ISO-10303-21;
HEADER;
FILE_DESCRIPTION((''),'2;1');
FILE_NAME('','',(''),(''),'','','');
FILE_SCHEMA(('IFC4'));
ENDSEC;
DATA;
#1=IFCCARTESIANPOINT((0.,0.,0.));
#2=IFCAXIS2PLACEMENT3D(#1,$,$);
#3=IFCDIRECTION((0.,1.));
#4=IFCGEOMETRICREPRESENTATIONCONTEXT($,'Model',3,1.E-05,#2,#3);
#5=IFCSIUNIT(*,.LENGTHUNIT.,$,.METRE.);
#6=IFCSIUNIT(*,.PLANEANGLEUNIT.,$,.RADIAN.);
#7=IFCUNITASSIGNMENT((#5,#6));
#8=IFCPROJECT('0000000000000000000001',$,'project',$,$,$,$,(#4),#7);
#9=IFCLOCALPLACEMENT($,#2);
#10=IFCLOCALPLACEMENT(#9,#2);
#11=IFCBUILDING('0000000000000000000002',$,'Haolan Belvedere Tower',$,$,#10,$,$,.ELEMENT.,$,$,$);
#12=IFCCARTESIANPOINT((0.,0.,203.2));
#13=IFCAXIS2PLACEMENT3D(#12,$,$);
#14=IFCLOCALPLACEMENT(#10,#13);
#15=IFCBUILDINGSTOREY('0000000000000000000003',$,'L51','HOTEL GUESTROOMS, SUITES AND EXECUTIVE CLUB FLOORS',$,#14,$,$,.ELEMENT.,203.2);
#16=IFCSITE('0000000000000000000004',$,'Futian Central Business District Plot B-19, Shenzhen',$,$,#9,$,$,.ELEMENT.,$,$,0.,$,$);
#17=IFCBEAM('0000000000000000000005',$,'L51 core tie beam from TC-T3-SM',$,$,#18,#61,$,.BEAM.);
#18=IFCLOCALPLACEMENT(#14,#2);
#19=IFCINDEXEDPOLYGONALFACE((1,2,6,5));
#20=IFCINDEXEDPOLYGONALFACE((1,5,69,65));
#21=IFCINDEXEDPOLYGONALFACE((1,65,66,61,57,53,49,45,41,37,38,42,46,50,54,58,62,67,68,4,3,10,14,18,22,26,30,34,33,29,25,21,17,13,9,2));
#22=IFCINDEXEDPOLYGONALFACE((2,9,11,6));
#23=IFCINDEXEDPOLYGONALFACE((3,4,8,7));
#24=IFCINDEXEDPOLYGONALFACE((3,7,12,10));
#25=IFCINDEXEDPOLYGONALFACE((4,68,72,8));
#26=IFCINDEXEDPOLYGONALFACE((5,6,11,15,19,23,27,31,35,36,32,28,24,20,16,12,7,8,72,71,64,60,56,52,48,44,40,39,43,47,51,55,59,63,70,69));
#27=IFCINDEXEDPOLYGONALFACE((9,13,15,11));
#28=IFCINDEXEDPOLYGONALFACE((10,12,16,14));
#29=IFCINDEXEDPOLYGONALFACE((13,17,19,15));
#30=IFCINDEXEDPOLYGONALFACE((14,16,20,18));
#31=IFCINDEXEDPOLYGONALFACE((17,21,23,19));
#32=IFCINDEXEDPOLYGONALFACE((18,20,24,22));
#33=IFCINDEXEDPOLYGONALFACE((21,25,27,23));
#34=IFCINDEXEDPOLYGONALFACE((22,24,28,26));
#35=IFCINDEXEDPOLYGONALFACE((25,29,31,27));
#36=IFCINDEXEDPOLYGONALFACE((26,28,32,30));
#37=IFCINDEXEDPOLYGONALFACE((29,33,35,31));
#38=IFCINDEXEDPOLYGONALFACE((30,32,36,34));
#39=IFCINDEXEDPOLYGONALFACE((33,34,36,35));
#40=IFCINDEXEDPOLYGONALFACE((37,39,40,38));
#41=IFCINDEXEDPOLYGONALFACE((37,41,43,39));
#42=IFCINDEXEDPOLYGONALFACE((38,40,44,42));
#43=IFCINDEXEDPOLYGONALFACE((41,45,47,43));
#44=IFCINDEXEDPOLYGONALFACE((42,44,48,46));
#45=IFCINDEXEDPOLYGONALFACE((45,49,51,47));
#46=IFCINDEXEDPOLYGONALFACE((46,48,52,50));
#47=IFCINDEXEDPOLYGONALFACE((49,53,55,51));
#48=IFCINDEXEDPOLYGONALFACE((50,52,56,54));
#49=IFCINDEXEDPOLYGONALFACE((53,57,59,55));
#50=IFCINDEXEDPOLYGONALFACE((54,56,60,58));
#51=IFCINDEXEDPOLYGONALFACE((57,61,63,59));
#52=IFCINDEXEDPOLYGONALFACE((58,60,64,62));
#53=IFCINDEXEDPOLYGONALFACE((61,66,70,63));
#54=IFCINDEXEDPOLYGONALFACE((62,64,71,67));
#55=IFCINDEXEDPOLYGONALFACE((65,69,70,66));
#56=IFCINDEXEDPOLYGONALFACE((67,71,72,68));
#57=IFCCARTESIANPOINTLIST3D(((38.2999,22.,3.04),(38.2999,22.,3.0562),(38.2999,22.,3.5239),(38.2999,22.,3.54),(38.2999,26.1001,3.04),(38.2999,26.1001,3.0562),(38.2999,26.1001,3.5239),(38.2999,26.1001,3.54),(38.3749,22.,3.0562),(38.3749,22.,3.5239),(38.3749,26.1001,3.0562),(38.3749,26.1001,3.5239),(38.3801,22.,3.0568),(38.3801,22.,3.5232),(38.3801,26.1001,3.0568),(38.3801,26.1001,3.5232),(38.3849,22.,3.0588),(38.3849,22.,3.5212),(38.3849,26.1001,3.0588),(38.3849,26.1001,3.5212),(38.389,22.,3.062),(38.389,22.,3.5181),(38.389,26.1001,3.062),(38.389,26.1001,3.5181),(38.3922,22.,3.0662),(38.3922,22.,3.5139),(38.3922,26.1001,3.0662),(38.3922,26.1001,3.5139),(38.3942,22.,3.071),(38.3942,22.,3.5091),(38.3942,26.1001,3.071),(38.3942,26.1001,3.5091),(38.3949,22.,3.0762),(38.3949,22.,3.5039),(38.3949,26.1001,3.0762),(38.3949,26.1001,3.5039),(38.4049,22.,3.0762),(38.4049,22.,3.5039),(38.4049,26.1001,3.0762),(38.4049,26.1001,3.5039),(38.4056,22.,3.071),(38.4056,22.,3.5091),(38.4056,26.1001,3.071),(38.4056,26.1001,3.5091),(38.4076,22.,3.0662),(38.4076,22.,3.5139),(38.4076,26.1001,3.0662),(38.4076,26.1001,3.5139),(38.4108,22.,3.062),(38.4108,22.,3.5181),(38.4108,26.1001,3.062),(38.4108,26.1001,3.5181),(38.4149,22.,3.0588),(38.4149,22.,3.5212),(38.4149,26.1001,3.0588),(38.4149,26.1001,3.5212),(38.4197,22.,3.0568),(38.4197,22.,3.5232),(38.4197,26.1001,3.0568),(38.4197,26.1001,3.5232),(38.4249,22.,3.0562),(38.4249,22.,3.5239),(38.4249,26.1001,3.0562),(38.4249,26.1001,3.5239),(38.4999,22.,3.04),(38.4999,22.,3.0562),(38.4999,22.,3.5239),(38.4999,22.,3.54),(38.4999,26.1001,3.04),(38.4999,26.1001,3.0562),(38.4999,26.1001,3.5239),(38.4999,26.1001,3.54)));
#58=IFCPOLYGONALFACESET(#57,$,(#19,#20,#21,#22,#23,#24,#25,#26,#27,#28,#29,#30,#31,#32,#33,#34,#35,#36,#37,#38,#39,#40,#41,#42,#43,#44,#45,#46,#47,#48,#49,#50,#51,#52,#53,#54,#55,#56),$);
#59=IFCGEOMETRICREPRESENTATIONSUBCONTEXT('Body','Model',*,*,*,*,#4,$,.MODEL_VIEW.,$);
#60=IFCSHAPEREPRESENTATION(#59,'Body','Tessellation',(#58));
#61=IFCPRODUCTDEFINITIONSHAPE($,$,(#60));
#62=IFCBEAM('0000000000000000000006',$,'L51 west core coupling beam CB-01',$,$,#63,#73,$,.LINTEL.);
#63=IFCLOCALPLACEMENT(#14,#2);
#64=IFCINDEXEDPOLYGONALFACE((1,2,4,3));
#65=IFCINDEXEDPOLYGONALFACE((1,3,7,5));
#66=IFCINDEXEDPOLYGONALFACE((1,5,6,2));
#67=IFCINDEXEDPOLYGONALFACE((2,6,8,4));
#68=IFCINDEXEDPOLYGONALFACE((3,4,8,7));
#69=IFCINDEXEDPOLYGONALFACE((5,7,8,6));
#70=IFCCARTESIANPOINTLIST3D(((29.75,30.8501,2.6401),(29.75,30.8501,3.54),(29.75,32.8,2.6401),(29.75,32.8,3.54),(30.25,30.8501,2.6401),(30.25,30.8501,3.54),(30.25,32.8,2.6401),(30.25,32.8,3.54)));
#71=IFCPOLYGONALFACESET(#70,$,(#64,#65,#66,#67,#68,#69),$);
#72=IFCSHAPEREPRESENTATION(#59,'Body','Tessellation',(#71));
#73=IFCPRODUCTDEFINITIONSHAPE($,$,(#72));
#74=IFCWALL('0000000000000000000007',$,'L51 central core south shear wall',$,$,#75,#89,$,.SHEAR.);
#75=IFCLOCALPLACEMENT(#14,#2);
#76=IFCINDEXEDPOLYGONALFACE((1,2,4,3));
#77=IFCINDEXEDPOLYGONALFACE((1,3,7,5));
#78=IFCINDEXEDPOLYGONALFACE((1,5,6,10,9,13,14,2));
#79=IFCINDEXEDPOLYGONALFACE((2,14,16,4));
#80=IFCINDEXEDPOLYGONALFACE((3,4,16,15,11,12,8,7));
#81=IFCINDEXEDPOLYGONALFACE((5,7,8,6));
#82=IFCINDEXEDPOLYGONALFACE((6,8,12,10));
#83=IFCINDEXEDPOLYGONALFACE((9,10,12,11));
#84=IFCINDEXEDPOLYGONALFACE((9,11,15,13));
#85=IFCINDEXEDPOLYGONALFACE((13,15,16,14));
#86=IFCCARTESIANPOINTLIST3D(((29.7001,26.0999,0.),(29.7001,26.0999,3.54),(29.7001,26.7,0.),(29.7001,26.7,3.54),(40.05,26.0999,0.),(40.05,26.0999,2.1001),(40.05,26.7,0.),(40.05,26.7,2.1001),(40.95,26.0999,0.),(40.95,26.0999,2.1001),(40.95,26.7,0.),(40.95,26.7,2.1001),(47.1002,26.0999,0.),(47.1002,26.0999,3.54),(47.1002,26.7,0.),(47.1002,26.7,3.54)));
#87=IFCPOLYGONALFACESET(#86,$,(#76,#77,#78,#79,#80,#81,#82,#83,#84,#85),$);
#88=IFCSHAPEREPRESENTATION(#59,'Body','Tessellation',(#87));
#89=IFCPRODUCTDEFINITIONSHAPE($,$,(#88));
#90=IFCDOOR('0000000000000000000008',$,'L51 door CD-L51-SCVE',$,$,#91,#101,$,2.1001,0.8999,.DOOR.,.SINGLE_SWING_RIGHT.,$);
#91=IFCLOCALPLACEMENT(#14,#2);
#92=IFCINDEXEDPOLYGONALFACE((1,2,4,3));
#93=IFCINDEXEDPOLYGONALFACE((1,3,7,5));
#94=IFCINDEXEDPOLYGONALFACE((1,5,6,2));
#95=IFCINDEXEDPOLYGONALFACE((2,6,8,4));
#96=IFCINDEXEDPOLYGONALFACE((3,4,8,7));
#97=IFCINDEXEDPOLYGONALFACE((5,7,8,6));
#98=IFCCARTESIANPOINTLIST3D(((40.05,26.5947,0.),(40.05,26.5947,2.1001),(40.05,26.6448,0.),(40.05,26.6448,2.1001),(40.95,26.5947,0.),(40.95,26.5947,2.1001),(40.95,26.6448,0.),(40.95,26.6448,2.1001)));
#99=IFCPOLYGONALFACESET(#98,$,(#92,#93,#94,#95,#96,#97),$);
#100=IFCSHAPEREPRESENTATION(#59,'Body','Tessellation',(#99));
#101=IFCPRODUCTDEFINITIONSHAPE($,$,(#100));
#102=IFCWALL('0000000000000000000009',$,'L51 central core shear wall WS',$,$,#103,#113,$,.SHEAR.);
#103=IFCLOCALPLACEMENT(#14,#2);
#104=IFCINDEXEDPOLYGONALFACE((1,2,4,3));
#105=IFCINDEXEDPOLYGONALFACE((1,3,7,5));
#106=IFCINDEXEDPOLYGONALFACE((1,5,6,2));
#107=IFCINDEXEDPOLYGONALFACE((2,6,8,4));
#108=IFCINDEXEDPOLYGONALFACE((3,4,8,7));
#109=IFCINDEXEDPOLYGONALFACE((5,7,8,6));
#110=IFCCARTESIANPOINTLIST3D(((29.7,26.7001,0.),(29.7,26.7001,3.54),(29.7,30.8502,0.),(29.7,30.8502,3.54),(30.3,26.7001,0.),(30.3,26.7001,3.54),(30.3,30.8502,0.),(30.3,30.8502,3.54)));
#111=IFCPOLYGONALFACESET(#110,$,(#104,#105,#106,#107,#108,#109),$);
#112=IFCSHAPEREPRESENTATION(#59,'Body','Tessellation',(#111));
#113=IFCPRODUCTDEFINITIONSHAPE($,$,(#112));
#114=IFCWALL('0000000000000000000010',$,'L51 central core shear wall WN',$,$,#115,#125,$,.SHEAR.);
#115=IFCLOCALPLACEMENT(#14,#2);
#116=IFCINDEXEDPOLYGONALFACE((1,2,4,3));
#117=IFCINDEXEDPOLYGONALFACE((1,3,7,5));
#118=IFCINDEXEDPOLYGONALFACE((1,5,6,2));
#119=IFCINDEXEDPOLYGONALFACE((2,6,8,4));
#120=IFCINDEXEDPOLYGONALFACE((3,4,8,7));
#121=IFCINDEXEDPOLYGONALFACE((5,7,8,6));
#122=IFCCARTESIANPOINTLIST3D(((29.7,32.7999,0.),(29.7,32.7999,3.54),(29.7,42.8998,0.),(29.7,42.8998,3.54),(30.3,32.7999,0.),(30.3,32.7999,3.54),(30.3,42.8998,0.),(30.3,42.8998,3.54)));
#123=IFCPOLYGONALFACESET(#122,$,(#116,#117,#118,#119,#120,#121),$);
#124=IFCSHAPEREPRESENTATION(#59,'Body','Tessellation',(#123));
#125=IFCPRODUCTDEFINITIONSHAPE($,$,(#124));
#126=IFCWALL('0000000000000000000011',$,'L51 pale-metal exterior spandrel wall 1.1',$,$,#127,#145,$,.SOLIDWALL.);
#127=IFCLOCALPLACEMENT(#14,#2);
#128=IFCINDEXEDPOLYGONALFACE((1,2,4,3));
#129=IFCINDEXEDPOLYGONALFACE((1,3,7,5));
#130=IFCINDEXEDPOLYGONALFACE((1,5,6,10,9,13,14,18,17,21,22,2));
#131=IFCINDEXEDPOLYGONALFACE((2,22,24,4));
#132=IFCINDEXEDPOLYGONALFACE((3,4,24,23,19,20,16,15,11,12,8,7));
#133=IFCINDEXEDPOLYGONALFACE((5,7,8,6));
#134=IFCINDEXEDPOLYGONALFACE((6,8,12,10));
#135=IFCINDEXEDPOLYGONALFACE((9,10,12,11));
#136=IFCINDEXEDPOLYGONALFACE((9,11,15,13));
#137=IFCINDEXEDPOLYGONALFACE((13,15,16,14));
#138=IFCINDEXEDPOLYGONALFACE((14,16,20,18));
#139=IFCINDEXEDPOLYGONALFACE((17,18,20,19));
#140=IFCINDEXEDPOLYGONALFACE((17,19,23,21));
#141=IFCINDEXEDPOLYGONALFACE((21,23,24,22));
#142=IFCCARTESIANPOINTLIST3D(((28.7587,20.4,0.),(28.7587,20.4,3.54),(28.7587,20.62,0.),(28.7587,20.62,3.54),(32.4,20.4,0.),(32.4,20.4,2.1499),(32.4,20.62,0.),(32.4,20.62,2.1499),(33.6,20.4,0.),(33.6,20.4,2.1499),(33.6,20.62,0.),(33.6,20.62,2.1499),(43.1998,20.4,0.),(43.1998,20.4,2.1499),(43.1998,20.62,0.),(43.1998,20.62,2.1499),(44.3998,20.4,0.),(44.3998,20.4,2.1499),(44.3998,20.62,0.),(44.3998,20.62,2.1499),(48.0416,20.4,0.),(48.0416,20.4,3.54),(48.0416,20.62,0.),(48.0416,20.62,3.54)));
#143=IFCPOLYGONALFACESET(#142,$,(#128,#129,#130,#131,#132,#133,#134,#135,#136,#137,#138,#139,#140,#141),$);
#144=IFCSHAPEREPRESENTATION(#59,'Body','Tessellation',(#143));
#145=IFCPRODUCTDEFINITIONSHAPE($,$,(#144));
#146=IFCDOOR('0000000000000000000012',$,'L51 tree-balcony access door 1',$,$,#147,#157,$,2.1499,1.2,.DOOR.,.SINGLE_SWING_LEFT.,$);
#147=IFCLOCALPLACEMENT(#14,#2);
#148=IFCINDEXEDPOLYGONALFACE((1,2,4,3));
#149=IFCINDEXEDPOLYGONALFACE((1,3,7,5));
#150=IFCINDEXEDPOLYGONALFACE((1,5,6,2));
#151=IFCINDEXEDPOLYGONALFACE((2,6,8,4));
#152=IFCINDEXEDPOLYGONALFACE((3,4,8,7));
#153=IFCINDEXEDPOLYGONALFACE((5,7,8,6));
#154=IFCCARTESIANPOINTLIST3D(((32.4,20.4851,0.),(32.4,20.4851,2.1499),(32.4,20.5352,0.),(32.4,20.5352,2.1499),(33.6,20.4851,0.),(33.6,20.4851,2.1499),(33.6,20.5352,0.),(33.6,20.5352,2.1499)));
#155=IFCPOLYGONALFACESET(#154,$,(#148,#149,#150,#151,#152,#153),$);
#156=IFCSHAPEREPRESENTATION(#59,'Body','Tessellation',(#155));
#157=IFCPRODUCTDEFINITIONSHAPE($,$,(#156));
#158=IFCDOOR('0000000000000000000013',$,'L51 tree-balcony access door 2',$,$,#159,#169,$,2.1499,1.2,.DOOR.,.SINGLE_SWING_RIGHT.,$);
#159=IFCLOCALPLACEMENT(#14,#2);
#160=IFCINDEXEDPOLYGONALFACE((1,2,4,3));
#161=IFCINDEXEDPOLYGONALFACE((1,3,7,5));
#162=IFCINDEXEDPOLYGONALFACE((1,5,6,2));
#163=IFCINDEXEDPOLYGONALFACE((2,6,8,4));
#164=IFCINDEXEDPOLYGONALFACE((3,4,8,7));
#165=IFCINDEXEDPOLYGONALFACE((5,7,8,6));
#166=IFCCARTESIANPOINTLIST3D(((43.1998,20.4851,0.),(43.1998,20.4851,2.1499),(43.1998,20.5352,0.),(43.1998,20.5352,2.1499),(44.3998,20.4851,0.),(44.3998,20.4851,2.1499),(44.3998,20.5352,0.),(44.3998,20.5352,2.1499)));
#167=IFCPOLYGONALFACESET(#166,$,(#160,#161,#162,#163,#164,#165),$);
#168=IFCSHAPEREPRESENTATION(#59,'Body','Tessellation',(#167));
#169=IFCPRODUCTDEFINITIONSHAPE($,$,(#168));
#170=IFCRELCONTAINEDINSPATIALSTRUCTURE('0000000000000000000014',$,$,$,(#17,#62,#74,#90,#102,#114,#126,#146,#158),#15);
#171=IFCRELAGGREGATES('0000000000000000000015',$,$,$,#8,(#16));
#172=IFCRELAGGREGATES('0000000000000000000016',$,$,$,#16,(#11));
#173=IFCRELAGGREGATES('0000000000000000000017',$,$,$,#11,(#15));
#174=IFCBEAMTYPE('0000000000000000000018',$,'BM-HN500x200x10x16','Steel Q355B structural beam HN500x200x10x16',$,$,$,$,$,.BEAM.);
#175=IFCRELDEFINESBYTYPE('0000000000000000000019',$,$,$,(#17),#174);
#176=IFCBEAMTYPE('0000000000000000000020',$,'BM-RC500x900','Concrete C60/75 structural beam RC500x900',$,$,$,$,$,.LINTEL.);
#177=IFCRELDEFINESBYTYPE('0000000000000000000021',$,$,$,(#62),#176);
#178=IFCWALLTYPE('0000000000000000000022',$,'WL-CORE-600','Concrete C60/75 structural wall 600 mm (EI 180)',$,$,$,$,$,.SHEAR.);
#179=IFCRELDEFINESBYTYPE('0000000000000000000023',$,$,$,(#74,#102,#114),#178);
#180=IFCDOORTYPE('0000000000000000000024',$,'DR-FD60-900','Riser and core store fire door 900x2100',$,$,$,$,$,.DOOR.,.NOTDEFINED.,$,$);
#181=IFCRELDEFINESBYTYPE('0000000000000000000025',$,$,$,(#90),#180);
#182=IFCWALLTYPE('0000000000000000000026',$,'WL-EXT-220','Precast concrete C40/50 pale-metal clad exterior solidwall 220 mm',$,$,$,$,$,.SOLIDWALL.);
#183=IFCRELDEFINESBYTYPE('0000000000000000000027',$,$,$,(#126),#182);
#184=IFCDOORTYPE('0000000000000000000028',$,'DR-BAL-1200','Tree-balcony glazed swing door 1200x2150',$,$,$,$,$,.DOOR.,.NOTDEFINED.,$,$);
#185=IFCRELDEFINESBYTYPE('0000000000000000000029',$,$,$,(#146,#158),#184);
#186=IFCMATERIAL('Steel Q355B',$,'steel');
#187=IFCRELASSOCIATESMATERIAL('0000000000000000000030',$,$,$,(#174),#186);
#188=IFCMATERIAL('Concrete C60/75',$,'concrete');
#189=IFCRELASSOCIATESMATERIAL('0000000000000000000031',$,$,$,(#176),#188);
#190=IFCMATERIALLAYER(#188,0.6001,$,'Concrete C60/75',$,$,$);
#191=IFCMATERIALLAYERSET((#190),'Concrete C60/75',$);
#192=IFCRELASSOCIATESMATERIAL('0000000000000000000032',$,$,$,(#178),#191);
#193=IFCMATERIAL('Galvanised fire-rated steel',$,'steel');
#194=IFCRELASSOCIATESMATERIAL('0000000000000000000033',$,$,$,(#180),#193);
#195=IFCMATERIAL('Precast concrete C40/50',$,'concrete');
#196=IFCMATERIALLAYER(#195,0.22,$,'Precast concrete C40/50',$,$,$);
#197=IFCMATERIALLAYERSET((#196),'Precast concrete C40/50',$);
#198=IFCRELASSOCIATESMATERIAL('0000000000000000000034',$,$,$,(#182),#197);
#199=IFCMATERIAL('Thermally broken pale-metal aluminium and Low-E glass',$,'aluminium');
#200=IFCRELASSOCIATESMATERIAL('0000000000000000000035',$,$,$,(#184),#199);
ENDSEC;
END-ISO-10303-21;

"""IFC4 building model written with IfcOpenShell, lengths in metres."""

from ifc_helpers import new_model, si_unit, direction, frame, frame_2d, origin, origin_2d, place, context, subcontext, project, spatial, rectangle, i_section, extrude, material, layer, layer_set, material_profile, profile_set, type_object, element, fill, save


model = new_model("IFC4")

# Units and contexts
model_context = context("Model", 3, precision=1e-05, world=origin(), true_north=direction((0.0, 1.0)))
body_context = subcontext(model_context, "Body", "Model", "MODEL_VIEW")
ifc_project = project(units=[si_unit("LENGTHUNIT", "METRE"), si_unit("PLANEANGLEUNIT", "RADIAN")], contexts=[model_context])

# Site, building, storey
site_placement = place(None, origin())
site = spatial("IfcSite", under=ifc_project, at=site_placement, Name="Futian Central Business District Plot B-19, Shenzhen", CompositionType="ELEMENT", RefElevation=0.0)
building_placement = place(site_placement, origin())
building = spatial("IfcBuilding", under=site, at=building_placement, Name="Haolan Belvedere Tower", CompositionType="ELEMENT")
storey_placement = place(building_placement, frame((0.0, 0.0, 203.2)))
storey = spatial("IfcBuildingStorey", under=building, at=storey_placement, Name="L51", Description="HOTEL GUESTROOMS, SUITES AND EXECUTIVE CLUB FLOORS", CompositionType="ELEMENT", Elevation=203.2)

# Beams
ifc_material_1 = material(Name="Steel Q355B", Category="steel")
ifc_material_profile_1 = material_profile(ifc_material_1, i_section(OverallWidth=0.2, OverallDepth=0.5, WebThickness=0.01, FlangeThickness=0.0161, FilletRadius=0.02, at=origin_2d()), Name="Steel Q355B")
ifc_profile_set_1 = profile_set([ifc_material_profile_1], Name="Steel Q355B")
beam_type_1 = type_object("IfcBeamType", Name="BM-HN500x200x10x16", Description="Steel Q355B structural beam HN500x200x10x16", PredefinedType="BEAM", material=ifc_profile_set_1)
beam_1_placement = place(storey_placement, frame((38.3999, 22.0, 3.29), z_axis=(0.0, 1.0, 0.0), x_axis=(-1.0, 0.0, 0.0)))
element("IfcBeam", 1, at=beam_1_placement, inside=storey, type_object=beam_type_1, Name="L51 core tie beam from TC-T3-SM", PredefinedType="BEAM", context=body_context, shape_type="SweptSolid", body=[
    extrude(i_section(OverallWidth=0.2, OverallDepth=0.5, WebThickness=0.01, FlangeThickness=0.0161, FilletRadius=0.02, at=origin_2d()), origin(), (0.0, 0.0, 1.0), 4.1001),
])
ifc_material_2 = material(Name="Concrete C60/75", Category="concrete")
ifc_material_profile_2 = material_profile(ifc_material_2, rectangle(XDim=0.5, YDim=0.8999, at=origin_2d()), Name="Concrete C60/75")
ifc_profile_set_2 = profile_set([ifc_material_profile_2], Name="Concrete C60/75")
beam_type_2 = type_object("IfcBeamType", Name="BM-RC500x900", Description="Concrete C60/75 structural beam RC500x900", PredefinedType="LINTEL", material=ifc_profile_set_2)
beam_2_placement = place(storey_placement, frame((30.0, 30.8501, 3.0901), z_axis=(0.0, 1.0, 0.0), x_axis=(-1.0, 0.0, 0.0)))
element("IfcBeam", 2, at=beam_2_placement, inside=storey, type_object=beam_type_2, Name="L51 west core coupling beam CB-01", PredefinedType="LINTEL", context=body_context, shape_type="SweptSolid", body=[
    extrude(rectangle(XDim=0.5, YDim=0.8999, at=origin_2d()), origin(), (0.0, 0.0, 1.0), 1.95),
])

# Wall, opening, door
ifc_layer_1 = layer(ifc_material_2, 0.6001, Name="Concrete C60/75")
ifc_layer_set_1 = layer_set([ifc_layer_1], Name="Concrete C60/75")
wall_type_1 = type_object("IfcWallType", Name="WL-CORE-600", Description="Concrete C60/75 structural wall 600 mm (EI 180)", PredefinedType="SHEAR", material=ifc_layer_set_1)
wall_1_placement = place(storey_placement, frame((29.7, 26.3999, 0.0), z_axis=(0.0, 0.0, 1.0), x_axis=(1.0, 0.0, 0.0)))
wall_1 = element("IfcWall", 3, at=wall_1_placement, inside=storey, type_object=wall_type_1, Name="L51 central core south shear wall", PredefinedType="SHEAR", context=body_context, shape_type="SweptSolid", body=[
    extrude(rectangle(XDim=17.4001, YDim=0.6001, at=frame_2d((8.7002, 0.0))), origin(), (0.0, 0.0, 1.0), 3.54),
])
opening_1_placement = place(wall_1_placement, frame((11.25, 0.0, 0.0), z_axis=(0.0, 0.0, 1.0), x_axis=(-1.0, 0.0, 0.0)))
opening_1 = element("IfcOpeningElement", 4, at=opening_1_placement, cuts=wall_1, PredefinedType="OPENING", context=body_context, shape_type="SweptSolid", body=[
    extrude(rectangle(XDim=0.8999, YDim=2.1001, at=frame_2d((0.45, 1.05))), frame((0.0, 0.3101, 0.0), z_axis=(0.0, -1.0, 0.0), x_axis=(1.0, 0.0, 0.0)), (0.0, 0.0, 1.0), 0.6201),
])
ifc_material_3 = material(Name="Galvanised fire-rated steel", Category="steel")
door_type_1 = type_object("IfcDoorType", Name="DR-FD60-900", Description="Riser and core store fire door 900x2100", OperationType="NOTDEFINED", PredefinedType="DOOR", material=ifc_material_3)
door_1_placement = place(opening_1_placement, origin())
door_1 = element("IfcDoor", 5, at=door_1_placement, inside=storey, type_object=door_type_1, Name="L51 door CD-L51-SCVE", OperationType="SINGLE_SWING_RIGHT", OverallHeight=2.1001, OverallWidth=0.8999, PredefinedType="DOOR", context=body_context, shape_type="SweptSolid", body=[
    extrude(rectangle(XDim=0.8999, YDim=2.1001, at=frame_2d((0.45, 1.05))), frame((0.0, -0.1948, 0.0), z_axis=(0.0, -1.0, 0.0), x_axis=(1.0, 0.0, 0.0)), (0.0, 0.0, 1.0), 0.05),
])
fill(opening_1, door_1)

# Walls
wall_2_placement = place(storey_placement, frame((30.0, 26.7, 0.0), z_axis=(0.0, 0.0, 1.0), x_axis=(0.0, 1.0, 0.0)))
element("IfcWall", 6, at=wall_2_placement, inside=storey, type_object=wall_type_1, Name="L51 central core shear wall WS", PredefinedType="SHEAR", context=body_context, shape_type="SweptSolid", body=[
    extrude(rectangle(XDim=4.1501, YDim=0.6001, at=frame_2d((2.0752, 0.0))), origin(), (0.0, 0.0, 1.0), 3.54),
])
wall_3_placement = place(storey_placement, frame((30.0, 32.8, 0.0), z_axis=(0.0, 0.0, 1.0), x_axis=(0.0, 1.0, 0.0)))
element("IfcWall", 7, at=wall_3_placement, inside=storey, type_object=wall_type_1, Name="L51 central core shear wall WN", PredefinedType="SHEAR", context=body_context, shape_type="SweptSolid", body=[
    extrude(rectangle(XDim=10.0999, YDim=0.6001, at=frame_2d((5.0498, 0.0))), origin(), (0.0, 0.0, 1.0), 3.54),
])

# Wall, openings, doors
ifc_material_4 = material(Name="Precast concrete C40/50", Category="concrete")
ifc_layer_2 = layer(ifc_material_4, 0.22, Name="Precast concrete C40/50")
ifc_layer_set_2 = layer_set([ifc_layer_2], Name="Precast concrete C40/50")
wall_type_2 = type_object("IfcWallType", Name="WL-EXT-220", Description="Precast concrete C40/50 pale-metal clad exterior solidwall 220 mm", PredefinedType="SOLIDWALL", material=ifc_layer_set_2)
wall_4_placement = place(storey_placement, frame((28.7585, 20.51, 0.0), z_axis=(0.0, 0.0, 1.0), x_axis=(1.0, 0.0, 0.0)))
wall_4 = element("IfcWall", 8, at=wall_4_placement, inside=storey, type_object=wall_type_2, Name="L51 pale-metal exterior spandrel wall 1.1", PredefinedType="SOLIDWALL", context=body_context, shape_type="SweptSolid", body=[
    extrude(rectangle(XDim=19.283, YDim=0.22, at=frame_2d((9.6416, 0.0))), origin(), (0.0, 0.0, 1.0), 3.54),
])
opening_2_placement = place(wall_4_placement, frame((4.8416, 0.0, 0.0), z_axis=(0.0, 0.0, 1.0), x_axis=(-1.0, 0.0, 0.0)))
opening_2 = element("IfcOpeningElement", 9, at=opening_2_placement, cuts=wall_4, PredefinedType="OPENING", context=body_context, shape_type="SweptSolid", body=[
    extrude(rectangle(XDim=1.2, YDim=2.1499, at=frame_2d((0.6001, 1.075))), frame((0.0, 0.1199, 0.0), z_axis=(0.0, -1.0, 0.0), x_axis=(1.0, 0.0, 0.0)), (0.0, 0.0, 1.0), 0.24),
])
opening_3_placement = place(wall_4_placement, frame((15.6414, 0.0, 0.0), z_axis=(0.0, 0.0, 1.0), x_axis=(-1.0, 0.0, 0.0)))
opening_3 = element("IfcOpeningElement", 10, at=opening_3_placement, cuts=wall_4, PredefinedType="OPENING", context=body_context, shape_type="SweptSolid", body=[
    extrude(rectangle(XDim=1.2, YDim=2.1499, at=frame_2d((0.6001, 1.075))), frame((0.0, 0.1199, 0.0), z_axis=(0.0, -1.0, 0.0), x_axis=(1.0, 0.0, 0.0)), (0.0, 0.0, 1.0), 0.24),
])
ifc_material_5 = material(Name="Thermally broken pale-metal aluminium and Low-E glass", Category="aluminium")
door_type_2 = type_object("IfcDoorType", Name="DR-BAL-1200", Description="Tree-balcony glazed swing door 1200x2150", OperationType="NOTDEFINED", PredefinedType="DOOR", material=ifc_material_5)
door_2_placement = place(opening_2_placement, origin())
door_2 = element("IfcDoor", 11, at=door_2_placement, inside=storey, type_object=door_type_2, Name="L51 tree-balcony access door 1", OperationType="SINGLE_SWING_LEFT", OverallHeight=2.1499, OverallWidth=1.2, PredefinedType="DOOR", context=body_context, shape_type="SweptSolid", body=[
    extrude(rectangle(XDim=1.2, YDim=2.1499, at=frame_2d((0.6001, 1.075))), frame((0.0, 0.0249, 0.0), z_axis=(0.0, -1.0, 0.0), x_axis=(1.0, 0.0, 0.0)), (0.0, 0.0, 1.0), 0.05),
])
fill(opening_2, door_2)
door_3_placement = place(opening_3_placement, origin())
door_3 = element("IfcDoor", 12, at=door_3_placement, inside=storey, type_object=door_type_2, Name="L51 tree-balcony access door 2", OperationType="SINGLE_SWING_RIGHT", OverallHeight=2.1499, OverallWidth=1.2, PredefinedType="DOOR", context=body_context, shape_type="SweptSolid", body=[
    extrude(rectangle(XDim=1.2, YDim=2.1499, at=frame_2d((0.6001, 1.075))), frame((0.0, 0.0249, 0.0), z_axis=(0.0, -1.0, 0.0), x_axis=(1.0, 0.0, 0.0)), (0.0, 0.0, 1.0), 0.05),
])
fill(opening_3, door_3)

save(model, "model.ifc")
